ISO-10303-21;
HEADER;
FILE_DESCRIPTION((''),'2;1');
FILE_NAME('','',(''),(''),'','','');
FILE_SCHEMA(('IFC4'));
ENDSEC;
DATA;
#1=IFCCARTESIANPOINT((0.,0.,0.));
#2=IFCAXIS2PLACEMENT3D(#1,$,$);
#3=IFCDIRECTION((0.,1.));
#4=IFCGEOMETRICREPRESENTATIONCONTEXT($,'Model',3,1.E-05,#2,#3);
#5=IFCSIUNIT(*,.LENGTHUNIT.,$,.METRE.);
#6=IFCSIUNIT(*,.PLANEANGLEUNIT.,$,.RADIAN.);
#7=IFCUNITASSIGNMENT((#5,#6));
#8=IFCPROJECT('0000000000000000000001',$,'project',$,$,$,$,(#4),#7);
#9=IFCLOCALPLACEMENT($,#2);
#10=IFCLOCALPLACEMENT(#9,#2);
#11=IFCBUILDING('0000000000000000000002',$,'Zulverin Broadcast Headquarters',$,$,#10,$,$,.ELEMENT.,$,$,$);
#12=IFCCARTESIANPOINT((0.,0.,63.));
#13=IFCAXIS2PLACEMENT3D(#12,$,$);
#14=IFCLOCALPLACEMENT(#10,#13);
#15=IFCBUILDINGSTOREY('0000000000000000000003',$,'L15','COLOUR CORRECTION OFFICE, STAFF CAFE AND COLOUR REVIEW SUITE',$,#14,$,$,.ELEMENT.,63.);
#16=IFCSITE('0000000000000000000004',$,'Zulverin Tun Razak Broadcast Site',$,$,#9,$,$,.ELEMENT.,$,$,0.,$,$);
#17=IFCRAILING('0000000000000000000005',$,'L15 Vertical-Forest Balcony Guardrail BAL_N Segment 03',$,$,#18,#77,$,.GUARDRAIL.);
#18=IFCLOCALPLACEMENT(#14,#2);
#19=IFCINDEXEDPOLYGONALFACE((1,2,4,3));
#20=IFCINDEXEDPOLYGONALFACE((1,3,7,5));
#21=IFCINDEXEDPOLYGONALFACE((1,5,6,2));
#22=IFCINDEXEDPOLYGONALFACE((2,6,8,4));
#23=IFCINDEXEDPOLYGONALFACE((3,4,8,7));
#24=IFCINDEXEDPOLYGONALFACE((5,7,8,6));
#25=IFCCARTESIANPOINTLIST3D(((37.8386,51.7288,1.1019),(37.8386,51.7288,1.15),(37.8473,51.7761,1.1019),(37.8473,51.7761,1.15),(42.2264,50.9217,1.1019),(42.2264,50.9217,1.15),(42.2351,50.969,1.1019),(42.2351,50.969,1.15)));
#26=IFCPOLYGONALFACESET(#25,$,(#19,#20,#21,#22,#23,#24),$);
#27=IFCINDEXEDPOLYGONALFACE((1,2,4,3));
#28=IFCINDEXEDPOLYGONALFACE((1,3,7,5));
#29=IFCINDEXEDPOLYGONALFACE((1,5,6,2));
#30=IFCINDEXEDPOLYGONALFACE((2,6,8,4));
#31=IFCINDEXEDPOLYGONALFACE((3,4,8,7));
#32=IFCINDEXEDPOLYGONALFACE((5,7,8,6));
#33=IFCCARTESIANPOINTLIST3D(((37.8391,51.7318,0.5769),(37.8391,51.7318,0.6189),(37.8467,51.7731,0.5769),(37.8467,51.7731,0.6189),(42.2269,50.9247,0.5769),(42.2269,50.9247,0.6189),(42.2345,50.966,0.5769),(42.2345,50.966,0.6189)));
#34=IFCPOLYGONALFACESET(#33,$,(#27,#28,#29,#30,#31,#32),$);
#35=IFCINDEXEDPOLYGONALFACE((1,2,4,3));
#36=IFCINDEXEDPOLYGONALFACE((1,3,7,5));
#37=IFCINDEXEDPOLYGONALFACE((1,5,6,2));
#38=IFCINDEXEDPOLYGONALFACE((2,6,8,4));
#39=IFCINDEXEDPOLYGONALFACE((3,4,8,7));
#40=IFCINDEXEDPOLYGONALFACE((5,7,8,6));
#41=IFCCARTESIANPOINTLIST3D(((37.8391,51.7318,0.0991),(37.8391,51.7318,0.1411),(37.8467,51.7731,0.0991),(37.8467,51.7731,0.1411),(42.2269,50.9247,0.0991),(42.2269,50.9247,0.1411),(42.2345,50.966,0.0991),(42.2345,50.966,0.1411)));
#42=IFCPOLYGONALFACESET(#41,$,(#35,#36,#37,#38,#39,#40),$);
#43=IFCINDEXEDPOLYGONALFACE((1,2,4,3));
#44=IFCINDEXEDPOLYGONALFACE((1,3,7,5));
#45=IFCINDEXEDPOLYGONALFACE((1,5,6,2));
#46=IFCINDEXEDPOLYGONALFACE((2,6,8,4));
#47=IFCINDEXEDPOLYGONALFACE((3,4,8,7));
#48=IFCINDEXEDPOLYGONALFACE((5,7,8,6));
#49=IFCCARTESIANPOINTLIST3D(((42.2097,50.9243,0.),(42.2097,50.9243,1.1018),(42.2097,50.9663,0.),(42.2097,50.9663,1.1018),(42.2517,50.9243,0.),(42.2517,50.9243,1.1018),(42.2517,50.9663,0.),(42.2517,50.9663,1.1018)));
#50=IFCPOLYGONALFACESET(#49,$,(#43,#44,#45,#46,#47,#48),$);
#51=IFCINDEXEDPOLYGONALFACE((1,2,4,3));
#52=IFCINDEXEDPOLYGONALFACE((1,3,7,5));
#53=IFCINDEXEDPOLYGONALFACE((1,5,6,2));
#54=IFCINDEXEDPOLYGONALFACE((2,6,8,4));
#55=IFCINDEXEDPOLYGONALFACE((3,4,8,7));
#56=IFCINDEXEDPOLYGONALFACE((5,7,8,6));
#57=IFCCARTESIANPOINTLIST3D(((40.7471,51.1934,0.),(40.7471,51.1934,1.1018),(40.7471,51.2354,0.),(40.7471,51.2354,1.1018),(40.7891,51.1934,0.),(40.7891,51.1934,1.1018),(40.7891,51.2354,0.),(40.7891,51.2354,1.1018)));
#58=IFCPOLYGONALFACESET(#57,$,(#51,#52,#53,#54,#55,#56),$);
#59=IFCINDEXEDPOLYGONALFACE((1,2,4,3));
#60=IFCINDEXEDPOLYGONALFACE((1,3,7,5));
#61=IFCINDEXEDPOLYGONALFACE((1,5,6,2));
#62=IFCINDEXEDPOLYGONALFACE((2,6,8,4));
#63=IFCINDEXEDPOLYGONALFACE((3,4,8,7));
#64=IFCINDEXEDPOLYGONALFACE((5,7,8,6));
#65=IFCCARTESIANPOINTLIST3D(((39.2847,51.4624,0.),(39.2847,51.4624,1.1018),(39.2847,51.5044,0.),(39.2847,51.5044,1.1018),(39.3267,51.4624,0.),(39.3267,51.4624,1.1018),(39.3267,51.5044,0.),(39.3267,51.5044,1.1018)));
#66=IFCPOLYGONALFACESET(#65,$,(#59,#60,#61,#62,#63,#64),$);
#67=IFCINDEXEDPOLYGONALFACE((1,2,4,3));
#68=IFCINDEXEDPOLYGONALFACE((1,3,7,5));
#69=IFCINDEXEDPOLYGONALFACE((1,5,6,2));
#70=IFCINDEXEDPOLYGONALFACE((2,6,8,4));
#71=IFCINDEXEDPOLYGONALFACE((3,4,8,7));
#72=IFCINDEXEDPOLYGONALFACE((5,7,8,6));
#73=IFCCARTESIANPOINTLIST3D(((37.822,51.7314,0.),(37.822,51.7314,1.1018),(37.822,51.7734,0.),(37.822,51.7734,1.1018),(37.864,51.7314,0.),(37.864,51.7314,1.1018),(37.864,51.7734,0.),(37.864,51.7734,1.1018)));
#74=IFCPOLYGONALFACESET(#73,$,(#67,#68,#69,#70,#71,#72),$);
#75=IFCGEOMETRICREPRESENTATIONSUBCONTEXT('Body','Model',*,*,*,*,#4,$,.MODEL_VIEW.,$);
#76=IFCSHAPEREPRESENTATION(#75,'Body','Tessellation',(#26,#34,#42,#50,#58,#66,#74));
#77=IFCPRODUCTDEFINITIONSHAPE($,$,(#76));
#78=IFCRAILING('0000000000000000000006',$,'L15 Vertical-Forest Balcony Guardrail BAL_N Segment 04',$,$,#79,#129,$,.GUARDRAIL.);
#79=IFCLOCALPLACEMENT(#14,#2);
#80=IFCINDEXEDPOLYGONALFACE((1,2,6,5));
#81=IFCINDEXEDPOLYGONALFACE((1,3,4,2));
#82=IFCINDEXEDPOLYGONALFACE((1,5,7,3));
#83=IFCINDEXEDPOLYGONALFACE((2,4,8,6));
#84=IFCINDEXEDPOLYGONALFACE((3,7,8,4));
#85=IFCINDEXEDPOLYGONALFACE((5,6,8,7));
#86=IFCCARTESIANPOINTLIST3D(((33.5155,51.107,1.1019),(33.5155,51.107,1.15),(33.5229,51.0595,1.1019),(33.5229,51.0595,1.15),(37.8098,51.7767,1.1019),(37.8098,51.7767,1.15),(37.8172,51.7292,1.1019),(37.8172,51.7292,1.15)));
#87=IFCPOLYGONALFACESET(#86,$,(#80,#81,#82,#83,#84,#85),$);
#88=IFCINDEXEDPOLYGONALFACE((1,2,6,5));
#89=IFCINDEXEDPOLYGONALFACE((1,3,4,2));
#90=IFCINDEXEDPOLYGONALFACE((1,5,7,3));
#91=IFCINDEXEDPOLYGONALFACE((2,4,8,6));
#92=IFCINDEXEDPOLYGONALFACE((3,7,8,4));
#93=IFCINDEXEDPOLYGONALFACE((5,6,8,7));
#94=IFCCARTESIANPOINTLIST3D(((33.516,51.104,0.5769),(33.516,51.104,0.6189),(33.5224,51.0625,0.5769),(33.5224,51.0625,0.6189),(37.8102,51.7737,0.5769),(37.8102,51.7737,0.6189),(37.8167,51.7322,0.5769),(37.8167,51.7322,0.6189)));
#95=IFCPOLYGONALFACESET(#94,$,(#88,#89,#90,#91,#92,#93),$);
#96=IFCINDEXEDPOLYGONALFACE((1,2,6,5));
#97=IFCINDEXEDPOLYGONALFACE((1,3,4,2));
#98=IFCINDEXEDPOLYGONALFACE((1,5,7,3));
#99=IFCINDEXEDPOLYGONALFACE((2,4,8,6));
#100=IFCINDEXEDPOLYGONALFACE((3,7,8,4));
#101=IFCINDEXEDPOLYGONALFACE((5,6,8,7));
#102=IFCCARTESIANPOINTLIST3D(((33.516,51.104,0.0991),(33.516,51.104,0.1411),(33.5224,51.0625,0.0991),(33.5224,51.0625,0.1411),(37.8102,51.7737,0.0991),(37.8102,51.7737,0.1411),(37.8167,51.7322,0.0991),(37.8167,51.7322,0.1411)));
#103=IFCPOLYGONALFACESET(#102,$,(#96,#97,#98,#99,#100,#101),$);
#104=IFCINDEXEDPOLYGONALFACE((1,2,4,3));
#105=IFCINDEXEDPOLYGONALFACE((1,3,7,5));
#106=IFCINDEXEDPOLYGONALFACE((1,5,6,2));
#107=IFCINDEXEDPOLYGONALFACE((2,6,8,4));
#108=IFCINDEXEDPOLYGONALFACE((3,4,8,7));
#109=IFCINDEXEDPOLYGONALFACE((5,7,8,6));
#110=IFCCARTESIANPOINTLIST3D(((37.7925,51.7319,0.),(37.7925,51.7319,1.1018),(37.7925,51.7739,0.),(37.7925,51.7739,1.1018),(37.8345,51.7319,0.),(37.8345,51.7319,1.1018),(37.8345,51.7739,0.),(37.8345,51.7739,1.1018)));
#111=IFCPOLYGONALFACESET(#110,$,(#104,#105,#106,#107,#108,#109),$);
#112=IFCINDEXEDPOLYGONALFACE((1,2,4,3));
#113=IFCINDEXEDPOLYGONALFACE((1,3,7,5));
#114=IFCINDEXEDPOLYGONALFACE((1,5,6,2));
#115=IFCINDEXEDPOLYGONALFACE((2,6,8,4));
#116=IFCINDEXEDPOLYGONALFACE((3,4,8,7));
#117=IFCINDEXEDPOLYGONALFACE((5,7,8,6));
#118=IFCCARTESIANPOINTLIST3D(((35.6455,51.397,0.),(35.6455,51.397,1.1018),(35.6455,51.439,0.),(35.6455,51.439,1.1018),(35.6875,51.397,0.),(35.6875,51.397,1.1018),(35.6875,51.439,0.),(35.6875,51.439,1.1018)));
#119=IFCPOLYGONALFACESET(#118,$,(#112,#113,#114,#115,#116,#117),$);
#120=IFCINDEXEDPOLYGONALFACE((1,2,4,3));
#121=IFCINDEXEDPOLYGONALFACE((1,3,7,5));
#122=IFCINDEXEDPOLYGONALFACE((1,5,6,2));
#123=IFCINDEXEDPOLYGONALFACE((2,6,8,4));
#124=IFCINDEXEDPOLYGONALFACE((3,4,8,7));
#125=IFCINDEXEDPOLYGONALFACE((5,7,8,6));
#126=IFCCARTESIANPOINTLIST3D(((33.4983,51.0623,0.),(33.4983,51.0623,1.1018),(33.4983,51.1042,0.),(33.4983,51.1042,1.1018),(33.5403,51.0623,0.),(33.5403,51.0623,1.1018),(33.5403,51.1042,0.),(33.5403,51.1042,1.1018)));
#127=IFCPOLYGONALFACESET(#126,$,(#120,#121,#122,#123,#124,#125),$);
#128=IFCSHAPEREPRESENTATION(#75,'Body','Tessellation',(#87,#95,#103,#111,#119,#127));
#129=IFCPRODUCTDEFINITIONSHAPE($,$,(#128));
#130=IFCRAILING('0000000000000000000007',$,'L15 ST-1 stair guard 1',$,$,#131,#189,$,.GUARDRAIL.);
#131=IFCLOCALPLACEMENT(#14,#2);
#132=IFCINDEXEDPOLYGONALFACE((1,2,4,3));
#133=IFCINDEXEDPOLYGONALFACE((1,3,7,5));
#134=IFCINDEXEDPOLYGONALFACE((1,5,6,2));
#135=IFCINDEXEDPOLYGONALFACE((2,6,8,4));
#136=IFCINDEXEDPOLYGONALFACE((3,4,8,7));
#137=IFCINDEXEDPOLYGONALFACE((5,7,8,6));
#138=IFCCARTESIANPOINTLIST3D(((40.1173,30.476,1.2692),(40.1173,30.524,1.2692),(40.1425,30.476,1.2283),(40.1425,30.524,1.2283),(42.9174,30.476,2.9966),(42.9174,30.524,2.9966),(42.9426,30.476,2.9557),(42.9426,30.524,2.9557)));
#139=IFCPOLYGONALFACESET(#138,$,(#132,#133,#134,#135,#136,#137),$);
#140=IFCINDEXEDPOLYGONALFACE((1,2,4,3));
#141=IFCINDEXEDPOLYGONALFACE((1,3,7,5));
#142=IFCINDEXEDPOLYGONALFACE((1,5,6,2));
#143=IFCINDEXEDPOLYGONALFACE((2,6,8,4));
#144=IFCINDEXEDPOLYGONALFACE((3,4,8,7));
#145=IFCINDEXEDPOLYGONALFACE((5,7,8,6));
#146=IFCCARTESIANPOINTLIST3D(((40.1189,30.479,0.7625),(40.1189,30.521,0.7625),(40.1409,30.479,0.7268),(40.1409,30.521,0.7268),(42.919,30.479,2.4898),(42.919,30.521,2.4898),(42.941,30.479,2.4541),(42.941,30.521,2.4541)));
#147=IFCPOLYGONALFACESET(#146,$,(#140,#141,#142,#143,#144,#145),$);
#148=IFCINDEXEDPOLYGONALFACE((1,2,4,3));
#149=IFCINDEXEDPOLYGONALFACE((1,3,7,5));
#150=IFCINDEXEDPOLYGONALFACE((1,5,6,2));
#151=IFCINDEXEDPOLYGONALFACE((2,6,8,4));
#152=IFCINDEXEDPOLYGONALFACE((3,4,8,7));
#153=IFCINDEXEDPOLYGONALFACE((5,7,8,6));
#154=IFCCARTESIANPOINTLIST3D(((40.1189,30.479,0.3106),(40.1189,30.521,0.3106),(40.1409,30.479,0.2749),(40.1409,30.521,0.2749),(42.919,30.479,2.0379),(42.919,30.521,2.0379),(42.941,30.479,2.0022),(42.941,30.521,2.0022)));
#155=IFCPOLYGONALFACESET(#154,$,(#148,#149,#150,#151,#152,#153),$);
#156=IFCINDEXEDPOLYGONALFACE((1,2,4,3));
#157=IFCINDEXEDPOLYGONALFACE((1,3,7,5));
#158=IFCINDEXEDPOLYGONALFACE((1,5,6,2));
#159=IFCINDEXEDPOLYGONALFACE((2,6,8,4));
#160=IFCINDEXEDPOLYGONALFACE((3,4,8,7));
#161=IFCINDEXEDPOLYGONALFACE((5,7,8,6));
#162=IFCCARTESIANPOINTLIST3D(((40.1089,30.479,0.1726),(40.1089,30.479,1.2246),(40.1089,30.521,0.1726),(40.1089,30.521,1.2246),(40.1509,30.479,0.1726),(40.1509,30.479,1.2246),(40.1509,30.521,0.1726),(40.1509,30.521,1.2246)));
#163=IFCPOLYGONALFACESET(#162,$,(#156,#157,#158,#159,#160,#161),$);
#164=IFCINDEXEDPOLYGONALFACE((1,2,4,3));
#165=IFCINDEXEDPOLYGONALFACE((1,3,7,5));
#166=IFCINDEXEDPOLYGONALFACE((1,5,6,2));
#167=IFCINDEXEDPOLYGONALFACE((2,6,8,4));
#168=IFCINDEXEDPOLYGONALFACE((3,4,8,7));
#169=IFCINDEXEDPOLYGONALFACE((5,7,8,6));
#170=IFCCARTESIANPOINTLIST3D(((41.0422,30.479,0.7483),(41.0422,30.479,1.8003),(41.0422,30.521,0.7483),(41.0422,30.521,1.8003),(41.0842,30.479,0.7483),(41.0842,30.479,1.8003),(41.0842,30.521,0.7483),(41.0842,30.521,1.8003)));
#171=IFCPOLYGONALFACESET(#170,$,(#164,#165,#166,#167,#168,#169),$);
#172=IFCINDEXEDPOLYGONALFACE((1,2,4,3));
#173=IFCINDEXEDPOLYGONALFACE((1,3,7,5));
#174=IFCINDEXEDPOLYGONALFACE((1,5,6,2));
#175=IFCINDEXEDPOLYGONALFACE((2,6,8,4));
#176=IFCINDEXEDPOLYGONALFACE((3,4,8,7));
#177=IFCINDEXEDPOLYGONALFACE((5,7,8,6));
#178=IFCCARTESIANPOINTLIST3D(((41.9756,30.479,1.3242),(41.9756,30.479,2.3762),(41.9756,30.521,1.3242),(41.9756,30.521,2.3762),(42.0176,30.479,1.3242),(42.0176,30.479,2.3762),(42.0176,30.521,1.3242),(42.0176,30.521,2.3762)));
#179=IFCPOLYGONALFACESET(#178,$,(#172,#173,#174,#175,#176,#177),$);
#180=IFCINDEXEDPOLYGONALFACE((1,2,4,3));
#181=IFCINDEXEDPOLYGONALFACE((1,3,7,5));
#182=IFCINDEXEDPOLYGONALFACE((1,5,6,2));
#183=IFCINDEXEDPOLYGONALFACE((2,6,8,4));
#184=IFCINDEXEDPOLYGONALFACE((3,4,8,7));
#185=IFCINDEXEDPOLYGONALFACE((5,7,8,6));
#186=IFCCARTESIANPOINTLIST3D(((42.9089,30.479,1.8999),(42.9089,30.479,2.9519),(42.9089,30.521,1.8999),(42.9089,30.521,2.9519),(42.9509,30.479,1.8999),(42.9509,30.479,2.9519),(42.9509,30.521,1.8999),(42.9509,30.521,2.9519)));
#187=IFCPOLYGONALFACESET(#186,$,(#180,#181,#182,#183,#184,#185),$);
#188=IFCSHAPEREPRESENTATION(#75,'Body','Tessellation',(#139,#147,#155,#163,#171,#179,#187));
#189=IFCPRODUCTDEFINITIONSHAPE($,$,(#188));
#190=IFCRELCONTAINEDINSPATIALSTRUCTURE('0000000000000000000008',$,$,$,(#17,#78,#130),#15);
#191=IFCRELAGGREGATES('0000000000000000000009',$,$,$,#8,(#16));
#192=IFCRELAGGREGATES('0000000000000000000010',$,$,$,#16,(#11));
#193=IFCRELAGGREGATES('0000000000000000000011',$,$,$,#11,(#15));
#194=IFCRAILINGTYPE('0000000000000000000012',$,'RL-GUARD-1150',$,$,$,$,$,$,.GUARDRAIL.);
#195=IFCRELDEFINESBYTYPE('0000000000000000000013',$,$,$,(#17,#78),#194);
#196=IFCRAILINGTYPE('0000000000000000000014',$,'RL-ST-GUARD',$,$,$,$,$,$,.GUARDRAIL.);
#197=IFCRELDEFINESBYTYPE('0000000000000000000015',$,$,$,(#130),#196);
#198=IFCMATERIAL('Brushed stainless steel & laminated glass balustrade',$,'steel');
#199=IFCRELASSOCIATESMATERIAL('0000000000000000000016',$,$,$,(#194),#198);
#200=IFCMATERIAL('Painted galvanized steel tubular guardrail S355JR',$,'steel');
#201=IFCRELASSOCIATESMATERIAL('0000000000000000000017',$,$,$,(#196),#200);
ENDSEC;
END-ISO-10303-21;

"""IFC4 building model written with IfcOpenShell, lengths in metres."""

from ifc_helpers import new_model, si_unit, direction, frame, origin, origin_2d, place, context, subcontext, project, spatial, rectangle, extrude, material, type_object, element, save


model = new_model("IFC4")

# Units and contexts
model_context = context("Model", 3, precision=1e-05, world=origin(), true_north=direction((0.0, 1.0)))
body_context = subcontext(model_context, "Body", "Model", "MODEL_VIEW")
ifc_project = project(units=[si_unit("LENGTHUNIT", "METRE"), si_unit("PLANEANGLEUNIT", "RADIAN")], contexts=[model_context])

# Site, building, storey
site_placement = place(None, origin())
site = spatial("IfcSite", under=ifc_project, at=site_placement, Name="Zulverin Tun Razak Broadcast Site", CompositionType="ELEMENT", RefElevation=0.0)
building_placement = place(site_placement, origin())
building = spatial("IfcBuilding", under=site, at=building_placement, Name="Zulverin Broadcast Headquarters", CompositionType="ELEMENT")
storey_placement = place(building_placement, frame((0.0, 0.0, 63.0)))
storey = spatial("IfcBuildingStorey", under=building, at=storey_placement, Name="L15", Description="COLOUR CORRECTION OFFICE, STAFF CAFE AND COLOUR REVIEW SUITE", CompositionType="ELEMENT", Elevation=63.0)

# Railings
ifc_material_1 = material(Name="Brushed stainless steel & laminated glass balustrade", Category="steel")
railing_type_1 = type_object("IfcRailingType", Name="RL-GUARD-1150", PredefinedType="GUARDRAIL", material=ifc_material_1)
railing_1_placement = place(storey_placement, frame((42.2307, 50.9453, 0.0)))
element("IfcRailing", 1, at=railing_1_placement, inside=storey, type_object=railing_type_1, Name="L15 Vertical-Forest Balcony Guardrail BAL_N Segment 03", PredefinedType="GUARDRAIL", context=body_context, shape_type="SweptSolid", body=[
    extrude(rectangle(XDim=0.0481, YDim=0.0481, at=origin_2d()), frame((0.0, 0.0, 1.126), z_axis=(-0.983498, 0.180917, 0.0), x_axis=(-0.180917, -0.983498, 0.0)), (0.0, 0.0, 1.0), 4.4614),
    extrude(rectangle(XDim=0.042, YDim=0.042, at=origin_2d()), frame((0.0, 0.0, 0.5979), z_axis=(-0.983498, 0.180917, 0.0), x_axis=(-0.180917, -0.983498, 0.0)), (0.0, 0.0, 1.0), 4.4614),
    extrude(rectangle(XDim=0.042, YDim=0.042, at=origin_2d()), frame((0.0, 0.0, 0.1201), z_axis=(-0.983498, 0.180917, 0.0), x_axis=(-0.180917, -0.983498, 0.0)), (0.0, 0.0, 1.0), 4.4614),
    extrude(rectangle(XDim=0.042, YDim=0.042, at=origin_2d()), origin(), (0.0, 0.0, 1.0), 1.1018),
    extrude(rectangle(XDim=0.042, YDim=0.042, at=origin_2d()), frame((-1.4626, 0.269, 0.0)), (0.0, 0.0, 1.0), 1.1018),
    extrude(rectangle(XDim=0.042, YDim=0.042, at=origin_2d()), frame((-2.925, 0.5381, 0.0)), (0.0, 0.0, 1.0), 1.1018),
    extrude(rectangle(XDim=0.042, YDim=0.042, at=origin_2d()), frame((-4.3877, 0.8071, 0.0)), (0.0, 0.0, 1.0), 1.1018),
])
railing_2_placement = place(storey_placement, frame((37.8135, 51.7529, 0.0)))
element("IfcRailing", 2, at=railing_2_placement, inside=storey, type_object=railing_type_1, Name="L15 Vertical-Forest Balcony Guardrail BAL_N Segment 04", PredefinedType="GUARDRAIL", context=body_context, shape_type="SweptSolid", body=[
    extrude(rectangle(XDim=0.0481, YDim=0.0481, at=origin_2d()), frame((0.0, 0.0, 1.126), z_axis=(-0.988057, -0.154087, 0.0), x_axis=(0.154087, -0.988057, 0.0)), (0.0, 0.0, 1.0), 4.3462),
    extrude(rectangle(XDim=0.042, YDim=0.042, at=origin_2d()), frame((0.0, 0.0, 0.5979), z_axis=(-0.988057, -0.154087, 0.0), x_axis=(0.154087, -0.988057, 0.0)), (0.0, 0.0, 1.0), 4.3462),
    extrude(rectangle(XDim=0.042, YDim=0.042, at=origin_2d()), frame((0.0, 0.0, 0.1201), z_axis=(-0.988057, -0.154087, 0.0), x_axis=(0.154087, -0.988057, 0.0)), (0.0, 0.0, 1.0), 4.3462),
    extrude(rectangle(XDim=0.042, YDim=0.042, at=origin_2d()), origin(), (0.0, 0.0, 1.0), 1.1018),
    extrude(rectangle(XDim=0.042, YDim=0.042, at=origin_2d()), frame((-2.147, -0.335, 0.0)), (0.0, 0.0, 1.0), 1.1018),
    extrude(rectangle(XDim=0.042, YDim=0.042, at=origin_2d()), frame((-4.2942, -0.6697, 0.0)), (0.0, 0.0, 1.0), 1.1018),
])
ifc_material_2 = material(Name="Painted galvanized steel tubular guardrail S355JR", Category="steel")
railing_type_2 = type_object("IfcRailingType", Name="RL-ST-GUARD", PredefinedType="GUARDRAIL", material=ifc_material_2)
railing_3_placement = place(storey_placement, frame((40.1299, 30.5, 0.1726)))
element("IfcRailing", 3, at=railing_3_placement, inside=storey, type_object=railing_type_2, Name="L15 ST-1 stair guard 1", PredefinedType="GUARDRAIL", context=body_context, shape_type="SweptSolid", body=[
    extrude(rectangle(XDim=0.0481, YDim=0.0481, at=origin_2d()), frame((0.0, 0.0, 1.0762), z_axis=(0.85109, 0.0, 0.52502), x_axis=(0.0, 1.0, 0.0)), (0.0, 0.0, 1.0), 3.29),
    extrude(rectangle(XDim=0.042, YDim=0.042, at=origin_2d()), frame((0.0, 0.0, 0.572), z_axis=(0.85109, 0.0, 0.52502), x_axis=(0.0, 1.0, 0.0)), (0.0, 0.0, 1.0), 3.29),
    extrude(rectangle(XDim=0.042, YDim=0.042, at=origin_2d()), frame((0.0, 0.0, 0.1201), z_axis=(0.85109, 0.0, 0.52502), x_axis=(0.0, 1.0, 0.0)), (0.0, 0.0, 1.0), 3.29),
    extrude(rectangle(XDim=0.042, YDim=0.042, at=origin_2d()), origin(), (0.0, 0.0, 1.0), 1.052),
    extrude(rectangle(XDim=0.042, YDim=0.042, at=origin_2d()), frame((0.9333, 0.0, 0.5757)), (0.0, 0.0, 1.0), 1.052),
    extrude(rectangle(XDim=0.042, YDim=0.042, at=origin_2d()), frame((1.8667, 0.0, 1.1516)), (0.0, 0.0, 1.0), 1.052),
    extrude(rectangle(XDim=0.042, YDim=0.042, at=origin_2d()), frame((2.8, 0.0, 1.7273)), (0.0, 0.0, 1.0), 1.052),
])

save(model, "model.ifc")
